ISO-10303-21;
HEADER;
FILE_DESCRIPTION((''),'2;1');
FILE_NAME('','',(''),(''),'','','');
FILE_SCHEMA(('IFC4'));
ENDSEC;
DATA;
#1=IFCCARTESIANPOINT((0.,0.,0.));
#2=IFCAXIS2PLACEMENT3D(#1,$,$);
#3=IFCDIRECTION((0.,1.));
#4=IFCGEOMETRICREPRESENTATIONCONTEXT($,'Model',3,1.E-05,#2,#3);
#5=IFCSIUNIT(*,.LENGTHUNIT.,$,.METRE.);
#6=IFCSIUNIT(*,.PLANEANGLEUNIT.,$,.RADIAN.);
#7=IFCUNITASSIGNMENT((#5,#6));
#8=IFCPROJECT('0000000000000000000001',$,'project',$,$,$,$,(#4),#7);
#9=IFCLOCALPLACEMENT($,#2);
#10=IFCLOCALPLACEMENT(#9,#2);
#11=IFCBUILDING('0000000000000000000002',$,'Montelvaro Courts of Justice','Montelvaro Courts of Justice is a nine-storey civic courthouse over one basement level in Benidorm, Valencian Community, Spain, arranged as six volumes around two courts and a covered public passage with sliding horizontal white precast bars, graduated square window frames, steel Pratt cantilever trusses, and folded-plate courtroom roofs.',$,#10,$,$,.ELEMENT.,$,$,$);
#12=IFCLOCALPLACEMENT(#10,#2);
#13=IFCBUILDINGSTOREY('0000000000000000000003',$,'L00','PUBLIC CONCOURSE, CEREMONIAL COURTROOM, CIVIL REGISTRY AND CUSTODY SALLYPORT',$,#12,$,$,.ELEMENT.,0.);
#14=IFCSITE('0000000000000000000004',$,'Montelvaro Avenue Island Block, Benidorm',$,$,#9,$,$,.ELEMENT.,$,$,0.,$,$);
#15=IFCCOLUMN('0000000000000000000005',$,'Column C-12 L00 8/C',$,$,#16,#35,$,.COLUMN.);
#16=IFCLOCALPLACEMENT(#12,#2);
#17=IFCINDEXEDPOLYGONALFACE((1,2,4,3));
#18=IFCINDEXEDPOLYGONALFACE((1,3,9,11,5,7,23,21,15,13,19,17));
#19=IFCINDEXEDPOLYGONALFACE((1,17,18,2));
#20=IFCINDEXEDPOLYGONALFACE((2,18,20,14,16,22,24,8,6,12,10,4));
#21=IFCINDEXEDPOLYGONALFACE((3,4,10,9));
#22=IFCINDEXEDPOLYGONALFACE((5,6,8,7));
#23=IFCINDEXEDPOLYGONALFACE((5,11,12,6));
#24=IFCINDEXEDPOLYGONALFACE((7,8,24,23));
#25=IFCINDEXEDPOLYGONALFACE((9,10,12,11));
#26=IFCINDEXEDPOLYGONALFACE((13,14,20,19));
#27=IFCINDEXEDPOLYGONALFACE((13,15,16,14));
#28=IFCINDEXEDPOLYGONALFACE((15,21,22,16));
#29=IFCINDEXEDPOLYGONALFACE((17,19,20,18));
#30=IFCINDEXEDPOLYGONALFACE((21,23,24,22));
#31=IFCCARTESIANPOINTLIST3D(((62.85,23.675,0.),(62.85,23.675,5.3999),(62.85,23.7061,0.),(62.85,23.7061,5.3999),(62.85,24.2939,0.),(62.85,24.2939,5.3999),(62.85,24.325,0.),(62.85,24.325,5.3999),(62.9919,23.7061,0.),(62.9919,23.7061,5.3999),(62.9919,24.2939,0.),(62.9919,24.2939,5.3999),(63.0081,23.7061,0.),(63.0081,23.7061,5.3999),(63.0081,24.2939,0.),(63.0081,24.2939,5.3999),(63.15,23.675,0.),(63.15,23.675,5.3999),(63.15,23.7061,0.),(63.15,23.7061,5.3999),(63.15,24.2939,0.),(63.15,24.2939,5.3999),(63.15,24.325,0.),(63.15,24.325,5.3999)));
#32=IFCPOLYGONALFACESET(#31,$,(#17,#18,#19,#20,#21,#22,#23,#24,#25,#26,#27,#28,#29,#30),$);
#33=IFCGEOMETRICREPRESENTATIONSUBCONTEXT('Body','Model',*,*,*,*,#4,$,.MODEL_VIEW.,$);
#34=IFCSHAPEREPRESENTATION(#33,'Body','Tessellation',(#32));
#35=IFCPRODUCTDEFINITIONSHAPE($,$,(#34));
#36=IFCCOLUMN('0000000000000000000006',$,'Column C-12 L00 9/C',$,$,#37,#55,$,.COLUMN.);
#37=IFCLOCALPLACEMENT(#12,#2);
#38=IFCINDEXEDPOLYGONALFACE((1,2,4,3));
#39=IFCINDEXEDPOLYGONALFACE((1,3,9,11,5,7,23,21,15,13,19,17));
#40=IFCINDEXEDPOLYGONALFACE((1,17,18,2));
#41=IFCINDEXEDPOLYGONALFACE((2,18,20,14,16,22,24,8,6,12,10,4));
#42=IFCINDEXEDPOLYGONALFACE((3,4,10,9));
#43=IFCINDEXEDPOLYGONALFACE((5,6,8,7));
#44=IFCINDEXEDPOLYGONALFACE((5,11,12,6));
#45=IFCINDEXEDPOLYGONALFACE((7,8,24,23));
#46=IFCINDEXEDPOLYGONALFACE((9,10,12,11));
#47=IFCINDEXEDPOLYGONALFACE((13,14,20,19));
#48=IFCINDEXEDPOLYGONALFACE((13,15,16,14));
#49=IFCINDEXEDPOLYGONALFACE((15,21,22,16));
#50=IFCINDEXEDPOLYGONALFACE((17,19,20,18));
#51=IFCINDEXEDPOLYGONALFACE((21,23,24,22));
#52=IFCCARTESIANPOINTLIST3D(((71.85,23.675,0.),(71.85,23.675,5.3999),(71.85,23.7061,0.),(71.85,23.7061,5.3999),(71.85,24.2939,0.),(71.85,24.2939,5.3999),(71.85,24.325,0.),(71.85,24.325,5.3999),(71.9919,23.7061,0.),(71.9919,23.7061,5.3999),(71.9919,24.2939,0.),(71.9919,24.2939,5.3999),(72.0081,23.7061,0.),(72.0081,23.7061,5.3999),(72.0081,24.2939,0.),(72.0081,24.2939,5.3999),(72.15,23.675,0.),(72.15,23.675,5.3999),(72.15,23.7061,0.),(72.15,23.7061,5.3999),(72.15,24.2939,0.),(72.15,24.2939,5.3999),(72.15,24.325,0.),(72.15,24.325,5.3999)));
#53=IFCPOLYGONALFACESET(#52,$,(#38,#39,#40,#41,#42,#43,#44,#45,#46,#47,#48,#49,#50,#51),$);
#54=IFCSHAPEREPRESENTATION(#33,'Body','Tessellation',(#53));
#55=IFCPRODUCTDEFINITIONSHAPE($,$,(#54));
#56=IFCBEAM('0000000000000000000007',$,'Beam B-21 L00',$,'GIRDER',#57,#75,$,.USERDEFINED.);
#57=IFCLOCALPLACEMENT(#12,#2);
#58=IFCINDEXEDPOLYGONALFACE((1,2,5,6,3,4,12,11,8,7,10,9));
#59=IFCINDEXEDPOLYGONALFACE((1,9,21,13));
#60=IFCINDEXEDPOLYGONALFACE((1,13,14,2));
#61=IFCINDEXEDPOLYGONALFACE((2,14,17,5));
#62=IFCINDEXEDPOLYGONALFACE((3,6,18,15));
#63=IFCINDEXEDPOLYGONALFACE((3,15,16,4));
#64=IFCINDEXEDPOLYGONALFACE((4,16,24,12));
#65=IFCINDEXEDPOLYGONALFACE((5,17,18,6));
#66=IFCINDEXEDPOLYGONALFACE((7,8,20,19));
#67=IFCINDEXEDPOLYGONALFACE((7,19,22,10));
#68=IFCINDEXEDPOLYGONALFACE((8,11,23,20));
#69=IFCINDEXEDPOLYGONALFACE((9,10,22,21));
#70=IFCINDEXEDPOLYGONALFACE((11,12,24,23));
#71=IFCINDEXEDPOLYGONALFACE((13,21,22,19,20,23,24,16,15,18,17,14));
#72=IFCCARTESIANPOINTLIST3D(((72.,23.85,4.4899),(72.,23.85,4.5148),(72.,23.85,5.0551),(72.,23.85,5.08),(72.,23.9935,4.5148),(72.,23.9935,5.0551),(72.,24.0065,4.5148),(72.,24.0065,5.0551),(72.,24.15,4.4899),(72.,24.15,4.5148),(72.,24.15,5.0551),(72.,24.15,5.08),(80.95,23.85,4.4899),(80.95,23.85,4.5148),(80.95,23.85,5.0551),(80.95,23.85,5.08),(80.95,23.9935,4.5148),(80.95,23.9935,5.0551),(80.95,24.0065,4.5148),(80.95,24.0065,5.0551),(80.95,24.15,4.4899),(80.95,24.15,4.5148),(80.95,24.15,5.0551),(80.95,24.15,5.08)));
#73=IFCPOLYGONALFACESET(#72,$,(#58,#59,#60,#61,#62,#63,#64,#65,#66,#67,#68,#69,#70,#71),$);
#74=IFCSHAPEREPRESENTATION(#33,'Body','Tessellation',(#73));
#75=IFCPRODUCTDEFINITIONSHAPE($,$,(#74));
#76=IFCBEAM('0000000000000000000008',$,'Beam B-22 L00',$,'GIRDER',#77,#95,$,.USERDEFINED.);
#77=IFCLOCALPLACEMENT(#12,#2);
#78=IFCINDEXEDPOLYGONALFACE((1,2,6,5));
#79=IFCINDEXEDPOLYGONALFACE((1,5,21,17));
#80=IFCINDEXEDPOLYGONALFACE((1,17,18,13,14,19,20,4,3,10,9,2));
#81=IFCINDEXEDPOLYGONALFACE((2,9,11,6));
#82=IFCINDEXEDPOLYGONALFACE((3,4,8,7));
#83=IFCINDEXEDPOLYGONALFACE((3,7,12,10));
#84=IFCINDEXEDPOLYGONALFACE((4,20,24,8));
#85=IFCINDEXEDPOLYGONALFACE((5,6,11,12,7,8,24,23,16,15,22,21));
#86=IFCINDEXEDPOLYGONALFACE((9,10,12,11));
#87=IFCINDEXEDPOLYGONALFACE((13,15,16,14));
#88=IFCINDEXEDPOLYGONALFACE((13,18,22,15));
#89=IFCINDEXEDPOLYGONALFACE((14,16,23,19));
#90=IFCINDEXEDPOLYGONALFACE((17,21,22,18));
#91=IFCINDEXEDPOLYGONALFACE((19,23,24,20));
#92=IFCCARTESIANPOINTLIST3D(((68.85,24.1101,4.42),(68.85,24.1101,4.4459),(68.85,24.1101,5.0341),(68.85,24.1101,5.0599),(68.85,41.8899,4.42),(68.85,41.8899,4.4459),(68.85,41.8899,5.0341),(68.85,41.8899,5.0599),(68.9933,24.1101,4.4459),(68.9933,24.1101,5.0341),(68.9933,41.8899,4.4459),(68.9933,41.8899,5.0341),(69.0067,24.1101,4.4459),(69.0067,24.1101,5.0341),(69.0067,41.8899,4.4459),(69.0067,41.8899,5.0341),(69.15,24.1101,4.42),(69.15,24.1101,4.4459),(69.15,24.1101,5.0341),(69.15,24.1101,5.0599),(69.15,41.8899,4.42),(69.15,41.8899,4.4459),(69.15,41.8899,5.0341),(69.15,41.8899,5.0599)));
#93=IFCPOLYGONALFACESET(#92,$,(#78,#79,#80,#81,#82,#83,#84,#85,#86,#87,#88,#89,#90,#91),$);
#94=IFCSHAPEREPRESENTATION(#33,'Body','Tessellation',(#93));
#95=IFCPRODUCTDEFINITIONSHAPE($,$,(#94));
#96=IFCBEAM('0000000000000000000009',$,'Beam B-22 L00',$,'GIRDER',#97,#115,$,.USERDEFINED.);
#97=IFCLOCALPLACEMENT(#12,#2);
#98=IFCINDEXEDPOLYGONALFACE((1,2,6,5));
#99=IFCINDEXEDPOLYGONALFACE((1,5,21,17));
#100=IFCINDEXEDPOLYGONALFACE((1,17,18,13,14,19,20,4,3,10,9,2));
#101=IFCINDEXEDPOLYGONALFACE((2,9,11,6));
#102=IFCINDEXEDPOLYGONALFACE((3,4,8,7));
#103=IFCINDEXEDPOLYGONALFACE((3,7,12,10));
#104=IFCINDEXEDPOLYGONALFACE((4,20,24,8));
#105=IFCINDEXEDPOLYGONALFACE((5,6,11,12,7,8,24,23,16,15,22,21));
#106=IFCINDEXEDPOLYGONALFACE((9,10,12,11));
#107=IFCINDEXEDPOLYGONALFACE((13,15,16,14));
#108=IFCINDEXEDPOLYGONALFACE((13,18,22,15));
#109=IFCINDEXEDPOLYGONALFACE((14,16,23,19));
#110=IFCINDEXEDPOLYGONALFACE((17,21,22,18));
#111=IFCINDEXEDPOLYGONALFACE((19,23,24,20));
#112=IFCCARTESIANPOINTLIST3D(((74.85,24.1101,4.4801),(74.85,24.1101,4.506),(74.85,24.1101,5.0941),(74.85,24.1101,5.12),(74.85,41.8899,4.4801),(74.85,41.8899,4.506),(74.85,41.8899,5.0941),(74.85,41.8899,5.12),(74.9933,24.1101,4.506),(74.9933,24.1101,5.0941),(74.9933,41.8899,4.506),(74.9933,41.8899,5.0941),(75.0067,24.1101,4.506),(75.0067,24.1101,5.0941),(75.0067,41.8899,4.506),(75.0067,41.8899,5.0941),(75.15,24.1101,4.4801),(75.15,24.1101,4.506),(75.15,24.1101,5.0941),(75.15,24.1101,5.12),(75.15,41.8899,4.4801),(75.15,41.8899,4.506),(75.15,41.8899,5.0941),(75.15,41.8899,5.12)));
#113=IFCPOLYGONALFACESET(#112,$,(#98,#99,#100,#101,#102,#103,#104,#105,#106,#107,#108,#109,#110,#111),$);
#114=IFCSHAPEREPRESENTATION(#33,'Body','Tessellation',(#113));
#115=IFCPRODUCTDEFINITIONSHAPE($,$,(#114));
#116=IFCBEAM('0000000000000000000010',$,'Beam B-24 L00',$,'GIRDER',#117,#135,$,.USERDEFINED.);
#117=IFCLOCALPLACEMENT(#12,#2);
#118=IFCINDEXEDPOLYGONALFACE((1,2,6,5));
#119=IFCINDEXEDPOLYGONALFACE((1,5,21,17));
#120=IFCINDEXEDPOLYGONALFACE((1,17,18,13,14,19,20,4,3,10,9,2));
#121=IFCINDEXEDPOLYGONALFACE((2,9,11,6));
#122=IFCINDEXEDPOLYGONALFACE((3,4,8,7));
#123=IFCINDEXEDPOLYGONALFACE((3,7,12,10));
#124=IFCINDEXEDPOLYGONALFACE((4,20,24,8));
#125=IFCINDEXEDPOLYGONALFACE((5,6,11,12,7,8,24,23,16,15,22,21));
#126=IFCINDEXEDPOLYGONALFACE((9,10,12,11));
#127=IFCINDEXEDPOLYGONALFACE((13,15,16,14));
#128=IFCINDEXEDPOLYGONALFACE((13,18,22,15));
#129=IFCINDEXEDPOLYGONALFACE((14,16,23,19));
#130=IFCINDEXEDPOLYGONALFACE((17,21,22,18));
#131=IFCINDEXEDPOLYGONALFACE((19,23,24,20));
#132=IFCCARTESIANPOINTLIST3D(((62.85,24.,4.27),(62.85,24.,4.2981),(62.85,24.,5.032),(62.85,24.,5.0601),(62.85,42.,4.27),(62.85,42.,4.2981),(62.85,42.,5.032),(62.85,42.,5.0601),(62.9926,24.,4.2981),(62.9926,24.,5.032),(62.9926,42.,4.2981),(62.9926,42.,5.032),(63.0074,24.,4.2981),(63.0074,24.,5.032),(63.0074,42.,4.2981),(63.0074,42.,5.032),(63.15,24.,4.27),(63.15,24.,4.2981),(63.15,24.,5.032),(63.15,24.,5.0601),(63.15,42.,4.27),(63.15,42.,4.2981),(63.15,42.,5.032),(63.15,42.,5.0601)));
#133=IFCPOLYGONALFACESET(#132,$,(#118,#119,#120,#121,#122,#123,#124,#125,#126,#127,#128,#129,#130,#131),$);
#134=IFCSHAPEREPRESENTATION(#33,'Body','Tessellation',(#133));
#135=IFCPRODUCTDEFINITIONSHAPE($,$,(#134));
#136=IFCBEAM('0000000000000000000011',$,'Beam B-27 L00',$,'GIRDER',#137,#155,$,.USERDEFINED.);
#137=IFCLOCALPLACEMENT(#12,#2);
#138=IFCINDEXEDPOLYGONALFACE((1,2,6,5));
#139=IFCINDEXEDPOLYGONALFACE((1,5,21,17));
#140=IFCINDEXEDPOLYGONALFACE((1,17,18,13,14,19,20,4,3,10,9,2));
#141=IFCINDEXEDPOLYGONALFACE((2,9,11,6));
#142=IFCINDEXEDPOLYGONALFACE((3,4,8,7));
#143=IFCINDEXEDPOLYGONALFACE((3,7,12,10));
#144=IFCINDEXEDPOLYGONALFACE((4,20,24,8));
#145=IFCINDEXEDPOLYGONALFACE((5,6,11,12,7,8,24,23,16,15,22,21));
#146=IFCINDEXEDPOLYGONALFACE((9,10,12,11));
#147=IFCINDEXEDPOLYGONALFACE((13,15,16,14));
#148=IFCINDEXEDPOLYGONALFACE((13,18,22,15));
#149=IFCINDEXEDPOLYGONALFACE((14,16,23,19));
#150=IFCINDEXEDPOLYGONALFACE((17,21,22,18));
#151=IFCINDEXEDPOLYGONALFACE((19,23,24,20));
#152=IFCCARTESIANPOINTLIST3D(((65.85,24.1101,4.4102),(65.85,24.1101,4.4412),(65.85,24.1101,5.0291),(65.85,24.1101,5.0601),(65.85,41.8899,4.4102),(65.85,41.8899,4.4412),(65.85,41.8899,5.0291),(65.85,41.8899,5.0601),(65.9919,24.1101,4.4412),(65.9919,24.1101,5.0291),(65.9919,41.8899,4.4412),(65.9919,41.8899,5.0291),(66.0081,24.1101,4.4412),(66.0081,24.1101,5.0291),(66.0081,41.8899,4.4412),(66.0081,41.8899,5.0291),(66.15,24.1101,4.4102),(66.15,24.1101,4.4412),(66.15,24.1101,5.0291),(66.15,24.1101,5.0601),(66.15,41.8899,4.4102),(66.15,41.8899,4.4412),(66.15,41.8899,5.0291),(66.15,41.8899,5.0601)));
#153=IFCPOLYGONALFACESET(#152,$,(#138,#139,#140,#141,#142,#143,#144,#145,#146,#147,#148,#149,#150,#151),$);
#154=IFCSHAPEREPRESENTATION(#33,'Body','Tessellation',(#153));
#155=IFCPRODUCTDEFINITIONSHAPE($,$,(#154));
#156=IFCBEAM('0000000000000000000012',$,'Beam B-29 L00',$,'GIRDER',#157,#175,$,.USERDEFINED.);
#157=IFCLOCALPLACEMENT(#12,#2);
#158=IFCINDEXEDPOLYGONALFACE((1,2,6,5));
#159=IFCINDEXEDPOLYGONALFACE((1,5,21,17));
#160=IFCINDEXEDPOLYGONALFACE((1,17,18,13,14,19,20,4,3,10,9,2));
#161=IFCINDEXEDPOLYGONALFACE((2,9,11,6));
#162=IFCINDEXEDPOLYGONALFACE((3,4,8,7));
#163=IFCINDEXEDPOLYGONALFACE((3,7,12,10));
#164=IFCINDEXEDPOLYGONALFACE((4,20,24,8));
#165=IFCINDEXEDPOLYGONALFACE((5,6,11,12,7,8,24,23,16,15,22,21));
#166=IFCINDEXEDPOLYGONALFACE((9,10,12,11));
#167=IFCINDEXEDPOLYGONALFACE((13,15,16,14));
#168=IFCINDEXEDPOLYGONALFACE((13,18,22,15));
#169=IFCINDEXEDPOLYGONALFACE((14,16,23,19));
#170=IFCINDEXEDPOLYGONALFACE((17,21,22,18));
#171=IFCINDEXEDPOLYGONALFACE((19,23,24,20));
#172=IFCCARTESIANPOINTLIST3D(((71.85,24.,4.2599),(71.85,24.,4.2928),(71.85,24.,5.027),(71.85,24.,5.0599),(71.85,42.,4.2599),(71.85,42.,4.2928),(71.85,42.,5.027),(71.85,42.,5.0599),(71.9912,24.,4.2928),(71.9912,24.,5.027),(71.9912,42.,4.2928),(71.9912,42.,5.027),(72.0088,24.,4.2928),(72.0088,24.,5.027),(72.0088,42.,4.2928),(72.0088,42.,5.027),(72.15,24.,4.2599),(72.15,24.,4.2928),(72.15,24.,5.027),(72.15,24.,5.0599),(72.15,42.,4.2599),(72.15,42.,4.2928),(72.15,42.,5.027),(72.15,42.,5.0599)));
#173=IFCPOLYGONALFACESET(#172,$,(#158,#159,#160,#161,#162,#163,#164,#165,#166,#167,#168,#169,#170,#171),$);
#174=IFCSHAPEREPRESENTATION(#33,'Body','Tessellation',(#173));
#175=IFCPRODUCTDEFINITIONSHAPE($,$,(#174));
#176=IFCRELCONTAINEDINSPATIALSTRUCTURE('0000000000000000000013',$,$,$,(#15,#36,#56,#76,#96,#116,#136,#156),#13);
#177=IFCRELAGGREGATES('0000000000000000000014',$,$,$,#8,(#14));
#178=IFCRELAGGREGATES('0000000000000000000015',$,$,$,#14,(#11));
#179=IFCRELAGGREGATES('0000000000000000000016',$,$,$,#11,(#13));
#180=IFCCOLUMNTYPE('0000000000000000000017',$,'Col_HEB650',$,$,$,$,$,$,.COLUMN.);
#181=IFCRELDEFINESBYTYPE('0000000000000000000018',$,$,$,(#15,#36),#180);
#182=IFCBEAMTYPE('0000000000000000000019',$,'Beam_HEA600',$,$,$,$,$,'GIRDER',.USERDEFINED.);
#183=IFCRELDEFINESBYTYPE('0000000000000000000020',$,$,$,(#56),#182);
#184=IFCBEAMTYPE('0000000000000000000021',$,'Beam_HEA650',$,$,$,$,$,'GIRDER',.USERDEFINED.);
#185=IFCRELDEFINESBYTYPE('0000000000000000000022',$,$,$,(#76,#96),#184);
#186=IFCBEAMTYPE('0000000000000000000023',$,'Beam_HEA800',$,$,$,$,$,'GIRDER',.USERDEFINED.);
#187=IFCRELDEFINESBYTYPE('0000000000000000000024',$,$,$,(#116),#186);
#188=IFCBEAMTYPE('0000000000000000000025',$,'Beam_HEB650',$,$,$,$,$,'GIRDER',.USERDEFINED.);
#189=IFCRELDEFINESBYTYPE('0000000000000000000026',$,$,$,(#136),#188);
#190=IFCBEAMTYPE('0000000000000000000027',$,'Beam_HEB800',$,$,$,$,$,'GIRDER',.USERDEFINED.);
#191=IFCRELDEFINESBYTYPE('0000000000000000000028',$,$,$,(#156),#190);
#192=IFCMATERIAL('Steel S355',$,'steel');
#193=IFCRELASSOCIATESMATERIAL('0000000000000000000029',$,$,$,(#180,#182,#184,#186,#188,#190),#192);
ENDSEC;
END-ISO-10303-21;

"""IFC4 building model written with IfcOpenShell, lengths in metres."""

from ifc_helpers import new_model, si_unit, direction, frame, origin, origin_2d, place, context, subcontext, project, spatial, i_section, extrude, material, material_profile, profile_set, type_object, element, save


model = new_model("IFC4")

# Units and contexts
model_context = context("Model", 3, precision=1e-05, world=origin(), true_north=direction((0.0, 1.0)))
body_context = subcontext(model_context, "Body", "Model", "MODEL_VIEW")
ifc_project = project(units=[si_unit("LENGTHUNIT", "METRE"), si_unit("PLANEANGLEUNIT", "RADIAN")], contexts=[model_context])

# Site, building, storey
site_placement = place(None, origin())
site = spatial("IfcSite", under=ifc_project, at=site_placement, Name="Montelvaro Avenue Island Block, Benidorm", CompositionType="ELEMENT", RefElevation=0.0)
building_placement = place(site_placement, origin())
building = spatial("IfcBuilding", under=site, at=building_placement, Name="Montelvaro Courts of Justice", Description="Montelvaro Courts of Justice is a nine-storey civic courthouse over one basement level in Benidorm, Valencian Community, Spain, arranged as six volumes around two courts and a covered public passage with sliding horizontal white precast bars, graduated square window frames, steel Pratt cantilever trusses, and folded-plate courtroom roofs.", CompositionType="ELEMENT")
storey_placement = place(building_placement, origin())
storey = spatial("IfcBuildingStorey", under=building, at=storey_placement, Name="L00", Description="PUBLIC CONCOURSE, CEREMONIAL COURTROOM, CIVIL REGISTRY AND CUSTODY SALLYPORT", CompositionType="ELEMENT", Elevation=0.0)

# Columns
ifc_material_1 = material(Name="Steel S355", Category="steel")
ifc_material_profile_1 = material_profile(ifc_material_1, i_section(OverallWidth=0.3, OverallDepth=0.6499, WebThickness=0.0161, FlangeThickness=0.031, at=origin_2d()), Name="HEB 650")
ifc_profile_set_1 = profile_set([ifc_material_profile_1], Name="Steel S355")
column_type = type_object("IfcColumnType", Name="Col_HEB650", PredefinedType="COLUMN", material=ifc_profile_set_1)
for number, where, z_axis, x_axis, name in (
    (1, (63.0, 24.0, 0.0), (0.0, 0.0, 1.0), (1.0, 0.0, 0.0), "Column C-12 L00 8/C"),
    (2, (72.0, 24.0, 0.0), (0.0, 0.0, 1.0), (1.0, 0.0, 0.0), "Column C-12 L00 9/C"),
):
    element("IfcColumn", number, at=place(storey_placement, frame(where, z_axis=z_axis, x_axis=x_axis)), inside=storey, type_object=column_type, Name=name, PredefinedType="COLUMN", context=body_context, shape_type="SweptSolid", body=[
        extrude(i_section(OverallWidth=0.3, OverallDepth=0.6499, WebThickness=0.0161, FlangeThickness=0.031, at=origin_2d()), origin(), (0.0, 0.0, 1.0), 5.3999),
    ])

# Beams
ifc_material_profile_2 = material_profile(ifc_material_1, i_section(OverallWidth=0.3, OverallDepth=0.5901, WebThickness=0.0129, FlangeThickness=0.0249, at=origin_2d()), Name="HEA 600")
ifc_profile_set_2 = profile_set([ifc_material_profile_2], Name="Steel S355")
beam_type_1 = type_object("IfcBeamType", Name="Beam_HEA600", ElementType="GIRDER", PredefinedType="USERDEFINED", material=ifc_profile_set_2)
beam_1_placement = place(storey_placement, frame((72.0, 24.0, 4.7849), z_axis=(1.0, 0.0, 0.0), x_axis=(0.0, 1.0, 0.0)))
element("IfcBeam", 3, at=beam_1_placement, inside=storey, type_object=beam_type_1, Name="Beam B-21 L00", ObjectType="GIRDER", PredefinedType="USERDEFINED", context=body_context, shape_type="SweptSolid", body=[
    extrude(i_section(OverallWidth=0.3, OverallDepth=0.5901, WebThickness=0.0129, FlangeThickness=0.0249, at=origin_2d()), origin(), (0.0, 0.0, 1.0), 8.95),
])
ifc_material_profile_3 = material_profile(ifc_material_1, i_section(OverallWidth=0.3, OverallDepth=0.6399, WebThickness=0.0134, FlangeThickness=0.0259, at=origin_2d()), Name="HEA 650")
ifc_profile_set_3 = profile_set([ifc_material_profile_3], Name="Steel S355")
beam_type_2 = type_object("IfcBeamType", Name="Beam_HEA650", ElementType="GIRDER", PredefinedType="USERDEFINED", material=ifc_profile_set_3)
for number, where, z_axis, x_axis, name in (
    (4, (69.0, 24.1101, 4.74), (0.0, 1.0, 0.0), (-1.0, 0.0, 0.0), "Beam B-22 L00"),
    (5, (75.0, 24.1101, 4.8), (0.0, 1.0, 0.0), (-1.0, 0.0, 0.0), "Beam B-22 L00"),
):
    element("IfcBeam", number, at=place(storey_placement, frame(where, z_axis=z_axis, x_axis=x_axis)), inside=storey, type_object=beam_type_2, Name=name, ObjectType="GIRDER", PredefinedType="USERDEFINED", context=body_context, shape_type="SweptSolid", body=[
        extrude(i_section(OverallWidth=0.3, OverallDepth=0.6399, WebThickness=0.0134, FlangeThickness=0.0259, at=origin_2d()), origin(), (0.0, 0.0, 1.0), 17.7798),
    ])
ifc_material_profile_4 = material_profile(ifc_material_1, i_section(OverallWidth=0.3, OverallDepth=0.79, WebThickness=0.0149, FlangeThickness=0.0281, at=origin_2d()), Name="HEA 800")
ifc_profile_set_4 = profile_set([ifc_material_profile_4], Name="Steel S355")
beam_type_3 = type_object("IfcBeamType", Name="Beam_HEA800", ElementType="GIRDER", PredefinedType="USERDEFINED", material=ifc_profile_set_4)
beam_2_placement = place(storey_placement, frame((63.0, 24.0, 4.665), z_axis=(0.0, 1.0, 0.0), x_axis=(-1.0, 0.0, 0.0)))
element("IfcBeam", 6, at=beam_2_placement, inside=storey, type_object=beam_type_3, Name="Beam B-24 L00", ObjectType="GIRDER", PredefinedType="USERDEFINED", context=body_context, shape_type="SweptSolid", body=[
    extrude(i_section(OverallWidth=0.3, OverallDepth=0.79, WebThickness=0.0149, FlangeThickness=0.0281, at=origin_2d()), origin(), (0.0, 0.0, 1.0), 18.0),
])
ifc_material_profile_5 = material_profile(ifc_material_1, i_section(OverallWidth=0.3, OverallDepth=0.6499, WebThickness=0.0161, FlangeThickness=0.031, at=origin_2d()), Name="HEB 650")
ifc_profile_set_5 = profile_set([ifc_material_profile_5], Name="Steel S355")
beam_type_4 = type_object("IfcBeamType", Name="Beam_HEB650", ElementType="GIRDER", PredefinedType="USERDEFINED", material=ifc_profile_set_5)
beam_3_placement = place(storey_placement, frame((66.0, 24.1101, 4.7351), z_axis=(0.0, 1.0, 0.0), x_axis=(-1.0, 0.0, 0.0)))
element("IfcBeam", 7, at=beam_3_placement, inside=storey, type_object=beam_type_4, Name="Beam B-27 L00", ObjectType="GIRDER", PredefinedType="USERDEFINED", context=body_context, shape_type="SweptSolid", body=[
    extrude(i_section(OverallWidth=0.3, OverallDepth=0.6499, WebThickness=0.0161, FlangeThickness=0.031, at=origin_2d()), origin(), (0.0, 0.0, 1.0), 17.7798),
])
ifc_material_profile_6 = material_profile(ifc_material_1, i_section(OverallWidth=0.3, OverallDepth=0.8, WebThickness=0.0176, FlangeThickness=0.033, at=origin_2d()), Name="HEB 800")
ifc_profile_set_6 = profile_set([ifc_material_profile_6], Name="Steel S355")
beam_type_5 = type_object("IfcBeamType", Name="Beam_HEB800", ElementType="GIRDER", PredefinedType="USERDEFINED", material=ifc_profile_set_6)
beam_4_placement = place(storey_placement, frame((72.0, 24.0, 4.6599), z_axis=(0.0, 1.0, 0.0), x_axis=(-1.0, 0.0, 0.0)))
element("IfcBeam", 8, at=beam_4_placement, inside=storey, type_object=beam_type_5, Name="Beam B-29 L00", ObjectType="GIRDER", PredefinedType="USERDEFINED", context=body_context, shape_type="SweptSolid", body=[
    extrude(i_section(OverallWidth=0.3, OverallDepth=0.8, WebThickness=0.0176, FlangeThickness=0.033, at=origin_2d()), origin(), (0.0, 0.0, 1.0), 18.0),
])

save(model, "model.ifc")
